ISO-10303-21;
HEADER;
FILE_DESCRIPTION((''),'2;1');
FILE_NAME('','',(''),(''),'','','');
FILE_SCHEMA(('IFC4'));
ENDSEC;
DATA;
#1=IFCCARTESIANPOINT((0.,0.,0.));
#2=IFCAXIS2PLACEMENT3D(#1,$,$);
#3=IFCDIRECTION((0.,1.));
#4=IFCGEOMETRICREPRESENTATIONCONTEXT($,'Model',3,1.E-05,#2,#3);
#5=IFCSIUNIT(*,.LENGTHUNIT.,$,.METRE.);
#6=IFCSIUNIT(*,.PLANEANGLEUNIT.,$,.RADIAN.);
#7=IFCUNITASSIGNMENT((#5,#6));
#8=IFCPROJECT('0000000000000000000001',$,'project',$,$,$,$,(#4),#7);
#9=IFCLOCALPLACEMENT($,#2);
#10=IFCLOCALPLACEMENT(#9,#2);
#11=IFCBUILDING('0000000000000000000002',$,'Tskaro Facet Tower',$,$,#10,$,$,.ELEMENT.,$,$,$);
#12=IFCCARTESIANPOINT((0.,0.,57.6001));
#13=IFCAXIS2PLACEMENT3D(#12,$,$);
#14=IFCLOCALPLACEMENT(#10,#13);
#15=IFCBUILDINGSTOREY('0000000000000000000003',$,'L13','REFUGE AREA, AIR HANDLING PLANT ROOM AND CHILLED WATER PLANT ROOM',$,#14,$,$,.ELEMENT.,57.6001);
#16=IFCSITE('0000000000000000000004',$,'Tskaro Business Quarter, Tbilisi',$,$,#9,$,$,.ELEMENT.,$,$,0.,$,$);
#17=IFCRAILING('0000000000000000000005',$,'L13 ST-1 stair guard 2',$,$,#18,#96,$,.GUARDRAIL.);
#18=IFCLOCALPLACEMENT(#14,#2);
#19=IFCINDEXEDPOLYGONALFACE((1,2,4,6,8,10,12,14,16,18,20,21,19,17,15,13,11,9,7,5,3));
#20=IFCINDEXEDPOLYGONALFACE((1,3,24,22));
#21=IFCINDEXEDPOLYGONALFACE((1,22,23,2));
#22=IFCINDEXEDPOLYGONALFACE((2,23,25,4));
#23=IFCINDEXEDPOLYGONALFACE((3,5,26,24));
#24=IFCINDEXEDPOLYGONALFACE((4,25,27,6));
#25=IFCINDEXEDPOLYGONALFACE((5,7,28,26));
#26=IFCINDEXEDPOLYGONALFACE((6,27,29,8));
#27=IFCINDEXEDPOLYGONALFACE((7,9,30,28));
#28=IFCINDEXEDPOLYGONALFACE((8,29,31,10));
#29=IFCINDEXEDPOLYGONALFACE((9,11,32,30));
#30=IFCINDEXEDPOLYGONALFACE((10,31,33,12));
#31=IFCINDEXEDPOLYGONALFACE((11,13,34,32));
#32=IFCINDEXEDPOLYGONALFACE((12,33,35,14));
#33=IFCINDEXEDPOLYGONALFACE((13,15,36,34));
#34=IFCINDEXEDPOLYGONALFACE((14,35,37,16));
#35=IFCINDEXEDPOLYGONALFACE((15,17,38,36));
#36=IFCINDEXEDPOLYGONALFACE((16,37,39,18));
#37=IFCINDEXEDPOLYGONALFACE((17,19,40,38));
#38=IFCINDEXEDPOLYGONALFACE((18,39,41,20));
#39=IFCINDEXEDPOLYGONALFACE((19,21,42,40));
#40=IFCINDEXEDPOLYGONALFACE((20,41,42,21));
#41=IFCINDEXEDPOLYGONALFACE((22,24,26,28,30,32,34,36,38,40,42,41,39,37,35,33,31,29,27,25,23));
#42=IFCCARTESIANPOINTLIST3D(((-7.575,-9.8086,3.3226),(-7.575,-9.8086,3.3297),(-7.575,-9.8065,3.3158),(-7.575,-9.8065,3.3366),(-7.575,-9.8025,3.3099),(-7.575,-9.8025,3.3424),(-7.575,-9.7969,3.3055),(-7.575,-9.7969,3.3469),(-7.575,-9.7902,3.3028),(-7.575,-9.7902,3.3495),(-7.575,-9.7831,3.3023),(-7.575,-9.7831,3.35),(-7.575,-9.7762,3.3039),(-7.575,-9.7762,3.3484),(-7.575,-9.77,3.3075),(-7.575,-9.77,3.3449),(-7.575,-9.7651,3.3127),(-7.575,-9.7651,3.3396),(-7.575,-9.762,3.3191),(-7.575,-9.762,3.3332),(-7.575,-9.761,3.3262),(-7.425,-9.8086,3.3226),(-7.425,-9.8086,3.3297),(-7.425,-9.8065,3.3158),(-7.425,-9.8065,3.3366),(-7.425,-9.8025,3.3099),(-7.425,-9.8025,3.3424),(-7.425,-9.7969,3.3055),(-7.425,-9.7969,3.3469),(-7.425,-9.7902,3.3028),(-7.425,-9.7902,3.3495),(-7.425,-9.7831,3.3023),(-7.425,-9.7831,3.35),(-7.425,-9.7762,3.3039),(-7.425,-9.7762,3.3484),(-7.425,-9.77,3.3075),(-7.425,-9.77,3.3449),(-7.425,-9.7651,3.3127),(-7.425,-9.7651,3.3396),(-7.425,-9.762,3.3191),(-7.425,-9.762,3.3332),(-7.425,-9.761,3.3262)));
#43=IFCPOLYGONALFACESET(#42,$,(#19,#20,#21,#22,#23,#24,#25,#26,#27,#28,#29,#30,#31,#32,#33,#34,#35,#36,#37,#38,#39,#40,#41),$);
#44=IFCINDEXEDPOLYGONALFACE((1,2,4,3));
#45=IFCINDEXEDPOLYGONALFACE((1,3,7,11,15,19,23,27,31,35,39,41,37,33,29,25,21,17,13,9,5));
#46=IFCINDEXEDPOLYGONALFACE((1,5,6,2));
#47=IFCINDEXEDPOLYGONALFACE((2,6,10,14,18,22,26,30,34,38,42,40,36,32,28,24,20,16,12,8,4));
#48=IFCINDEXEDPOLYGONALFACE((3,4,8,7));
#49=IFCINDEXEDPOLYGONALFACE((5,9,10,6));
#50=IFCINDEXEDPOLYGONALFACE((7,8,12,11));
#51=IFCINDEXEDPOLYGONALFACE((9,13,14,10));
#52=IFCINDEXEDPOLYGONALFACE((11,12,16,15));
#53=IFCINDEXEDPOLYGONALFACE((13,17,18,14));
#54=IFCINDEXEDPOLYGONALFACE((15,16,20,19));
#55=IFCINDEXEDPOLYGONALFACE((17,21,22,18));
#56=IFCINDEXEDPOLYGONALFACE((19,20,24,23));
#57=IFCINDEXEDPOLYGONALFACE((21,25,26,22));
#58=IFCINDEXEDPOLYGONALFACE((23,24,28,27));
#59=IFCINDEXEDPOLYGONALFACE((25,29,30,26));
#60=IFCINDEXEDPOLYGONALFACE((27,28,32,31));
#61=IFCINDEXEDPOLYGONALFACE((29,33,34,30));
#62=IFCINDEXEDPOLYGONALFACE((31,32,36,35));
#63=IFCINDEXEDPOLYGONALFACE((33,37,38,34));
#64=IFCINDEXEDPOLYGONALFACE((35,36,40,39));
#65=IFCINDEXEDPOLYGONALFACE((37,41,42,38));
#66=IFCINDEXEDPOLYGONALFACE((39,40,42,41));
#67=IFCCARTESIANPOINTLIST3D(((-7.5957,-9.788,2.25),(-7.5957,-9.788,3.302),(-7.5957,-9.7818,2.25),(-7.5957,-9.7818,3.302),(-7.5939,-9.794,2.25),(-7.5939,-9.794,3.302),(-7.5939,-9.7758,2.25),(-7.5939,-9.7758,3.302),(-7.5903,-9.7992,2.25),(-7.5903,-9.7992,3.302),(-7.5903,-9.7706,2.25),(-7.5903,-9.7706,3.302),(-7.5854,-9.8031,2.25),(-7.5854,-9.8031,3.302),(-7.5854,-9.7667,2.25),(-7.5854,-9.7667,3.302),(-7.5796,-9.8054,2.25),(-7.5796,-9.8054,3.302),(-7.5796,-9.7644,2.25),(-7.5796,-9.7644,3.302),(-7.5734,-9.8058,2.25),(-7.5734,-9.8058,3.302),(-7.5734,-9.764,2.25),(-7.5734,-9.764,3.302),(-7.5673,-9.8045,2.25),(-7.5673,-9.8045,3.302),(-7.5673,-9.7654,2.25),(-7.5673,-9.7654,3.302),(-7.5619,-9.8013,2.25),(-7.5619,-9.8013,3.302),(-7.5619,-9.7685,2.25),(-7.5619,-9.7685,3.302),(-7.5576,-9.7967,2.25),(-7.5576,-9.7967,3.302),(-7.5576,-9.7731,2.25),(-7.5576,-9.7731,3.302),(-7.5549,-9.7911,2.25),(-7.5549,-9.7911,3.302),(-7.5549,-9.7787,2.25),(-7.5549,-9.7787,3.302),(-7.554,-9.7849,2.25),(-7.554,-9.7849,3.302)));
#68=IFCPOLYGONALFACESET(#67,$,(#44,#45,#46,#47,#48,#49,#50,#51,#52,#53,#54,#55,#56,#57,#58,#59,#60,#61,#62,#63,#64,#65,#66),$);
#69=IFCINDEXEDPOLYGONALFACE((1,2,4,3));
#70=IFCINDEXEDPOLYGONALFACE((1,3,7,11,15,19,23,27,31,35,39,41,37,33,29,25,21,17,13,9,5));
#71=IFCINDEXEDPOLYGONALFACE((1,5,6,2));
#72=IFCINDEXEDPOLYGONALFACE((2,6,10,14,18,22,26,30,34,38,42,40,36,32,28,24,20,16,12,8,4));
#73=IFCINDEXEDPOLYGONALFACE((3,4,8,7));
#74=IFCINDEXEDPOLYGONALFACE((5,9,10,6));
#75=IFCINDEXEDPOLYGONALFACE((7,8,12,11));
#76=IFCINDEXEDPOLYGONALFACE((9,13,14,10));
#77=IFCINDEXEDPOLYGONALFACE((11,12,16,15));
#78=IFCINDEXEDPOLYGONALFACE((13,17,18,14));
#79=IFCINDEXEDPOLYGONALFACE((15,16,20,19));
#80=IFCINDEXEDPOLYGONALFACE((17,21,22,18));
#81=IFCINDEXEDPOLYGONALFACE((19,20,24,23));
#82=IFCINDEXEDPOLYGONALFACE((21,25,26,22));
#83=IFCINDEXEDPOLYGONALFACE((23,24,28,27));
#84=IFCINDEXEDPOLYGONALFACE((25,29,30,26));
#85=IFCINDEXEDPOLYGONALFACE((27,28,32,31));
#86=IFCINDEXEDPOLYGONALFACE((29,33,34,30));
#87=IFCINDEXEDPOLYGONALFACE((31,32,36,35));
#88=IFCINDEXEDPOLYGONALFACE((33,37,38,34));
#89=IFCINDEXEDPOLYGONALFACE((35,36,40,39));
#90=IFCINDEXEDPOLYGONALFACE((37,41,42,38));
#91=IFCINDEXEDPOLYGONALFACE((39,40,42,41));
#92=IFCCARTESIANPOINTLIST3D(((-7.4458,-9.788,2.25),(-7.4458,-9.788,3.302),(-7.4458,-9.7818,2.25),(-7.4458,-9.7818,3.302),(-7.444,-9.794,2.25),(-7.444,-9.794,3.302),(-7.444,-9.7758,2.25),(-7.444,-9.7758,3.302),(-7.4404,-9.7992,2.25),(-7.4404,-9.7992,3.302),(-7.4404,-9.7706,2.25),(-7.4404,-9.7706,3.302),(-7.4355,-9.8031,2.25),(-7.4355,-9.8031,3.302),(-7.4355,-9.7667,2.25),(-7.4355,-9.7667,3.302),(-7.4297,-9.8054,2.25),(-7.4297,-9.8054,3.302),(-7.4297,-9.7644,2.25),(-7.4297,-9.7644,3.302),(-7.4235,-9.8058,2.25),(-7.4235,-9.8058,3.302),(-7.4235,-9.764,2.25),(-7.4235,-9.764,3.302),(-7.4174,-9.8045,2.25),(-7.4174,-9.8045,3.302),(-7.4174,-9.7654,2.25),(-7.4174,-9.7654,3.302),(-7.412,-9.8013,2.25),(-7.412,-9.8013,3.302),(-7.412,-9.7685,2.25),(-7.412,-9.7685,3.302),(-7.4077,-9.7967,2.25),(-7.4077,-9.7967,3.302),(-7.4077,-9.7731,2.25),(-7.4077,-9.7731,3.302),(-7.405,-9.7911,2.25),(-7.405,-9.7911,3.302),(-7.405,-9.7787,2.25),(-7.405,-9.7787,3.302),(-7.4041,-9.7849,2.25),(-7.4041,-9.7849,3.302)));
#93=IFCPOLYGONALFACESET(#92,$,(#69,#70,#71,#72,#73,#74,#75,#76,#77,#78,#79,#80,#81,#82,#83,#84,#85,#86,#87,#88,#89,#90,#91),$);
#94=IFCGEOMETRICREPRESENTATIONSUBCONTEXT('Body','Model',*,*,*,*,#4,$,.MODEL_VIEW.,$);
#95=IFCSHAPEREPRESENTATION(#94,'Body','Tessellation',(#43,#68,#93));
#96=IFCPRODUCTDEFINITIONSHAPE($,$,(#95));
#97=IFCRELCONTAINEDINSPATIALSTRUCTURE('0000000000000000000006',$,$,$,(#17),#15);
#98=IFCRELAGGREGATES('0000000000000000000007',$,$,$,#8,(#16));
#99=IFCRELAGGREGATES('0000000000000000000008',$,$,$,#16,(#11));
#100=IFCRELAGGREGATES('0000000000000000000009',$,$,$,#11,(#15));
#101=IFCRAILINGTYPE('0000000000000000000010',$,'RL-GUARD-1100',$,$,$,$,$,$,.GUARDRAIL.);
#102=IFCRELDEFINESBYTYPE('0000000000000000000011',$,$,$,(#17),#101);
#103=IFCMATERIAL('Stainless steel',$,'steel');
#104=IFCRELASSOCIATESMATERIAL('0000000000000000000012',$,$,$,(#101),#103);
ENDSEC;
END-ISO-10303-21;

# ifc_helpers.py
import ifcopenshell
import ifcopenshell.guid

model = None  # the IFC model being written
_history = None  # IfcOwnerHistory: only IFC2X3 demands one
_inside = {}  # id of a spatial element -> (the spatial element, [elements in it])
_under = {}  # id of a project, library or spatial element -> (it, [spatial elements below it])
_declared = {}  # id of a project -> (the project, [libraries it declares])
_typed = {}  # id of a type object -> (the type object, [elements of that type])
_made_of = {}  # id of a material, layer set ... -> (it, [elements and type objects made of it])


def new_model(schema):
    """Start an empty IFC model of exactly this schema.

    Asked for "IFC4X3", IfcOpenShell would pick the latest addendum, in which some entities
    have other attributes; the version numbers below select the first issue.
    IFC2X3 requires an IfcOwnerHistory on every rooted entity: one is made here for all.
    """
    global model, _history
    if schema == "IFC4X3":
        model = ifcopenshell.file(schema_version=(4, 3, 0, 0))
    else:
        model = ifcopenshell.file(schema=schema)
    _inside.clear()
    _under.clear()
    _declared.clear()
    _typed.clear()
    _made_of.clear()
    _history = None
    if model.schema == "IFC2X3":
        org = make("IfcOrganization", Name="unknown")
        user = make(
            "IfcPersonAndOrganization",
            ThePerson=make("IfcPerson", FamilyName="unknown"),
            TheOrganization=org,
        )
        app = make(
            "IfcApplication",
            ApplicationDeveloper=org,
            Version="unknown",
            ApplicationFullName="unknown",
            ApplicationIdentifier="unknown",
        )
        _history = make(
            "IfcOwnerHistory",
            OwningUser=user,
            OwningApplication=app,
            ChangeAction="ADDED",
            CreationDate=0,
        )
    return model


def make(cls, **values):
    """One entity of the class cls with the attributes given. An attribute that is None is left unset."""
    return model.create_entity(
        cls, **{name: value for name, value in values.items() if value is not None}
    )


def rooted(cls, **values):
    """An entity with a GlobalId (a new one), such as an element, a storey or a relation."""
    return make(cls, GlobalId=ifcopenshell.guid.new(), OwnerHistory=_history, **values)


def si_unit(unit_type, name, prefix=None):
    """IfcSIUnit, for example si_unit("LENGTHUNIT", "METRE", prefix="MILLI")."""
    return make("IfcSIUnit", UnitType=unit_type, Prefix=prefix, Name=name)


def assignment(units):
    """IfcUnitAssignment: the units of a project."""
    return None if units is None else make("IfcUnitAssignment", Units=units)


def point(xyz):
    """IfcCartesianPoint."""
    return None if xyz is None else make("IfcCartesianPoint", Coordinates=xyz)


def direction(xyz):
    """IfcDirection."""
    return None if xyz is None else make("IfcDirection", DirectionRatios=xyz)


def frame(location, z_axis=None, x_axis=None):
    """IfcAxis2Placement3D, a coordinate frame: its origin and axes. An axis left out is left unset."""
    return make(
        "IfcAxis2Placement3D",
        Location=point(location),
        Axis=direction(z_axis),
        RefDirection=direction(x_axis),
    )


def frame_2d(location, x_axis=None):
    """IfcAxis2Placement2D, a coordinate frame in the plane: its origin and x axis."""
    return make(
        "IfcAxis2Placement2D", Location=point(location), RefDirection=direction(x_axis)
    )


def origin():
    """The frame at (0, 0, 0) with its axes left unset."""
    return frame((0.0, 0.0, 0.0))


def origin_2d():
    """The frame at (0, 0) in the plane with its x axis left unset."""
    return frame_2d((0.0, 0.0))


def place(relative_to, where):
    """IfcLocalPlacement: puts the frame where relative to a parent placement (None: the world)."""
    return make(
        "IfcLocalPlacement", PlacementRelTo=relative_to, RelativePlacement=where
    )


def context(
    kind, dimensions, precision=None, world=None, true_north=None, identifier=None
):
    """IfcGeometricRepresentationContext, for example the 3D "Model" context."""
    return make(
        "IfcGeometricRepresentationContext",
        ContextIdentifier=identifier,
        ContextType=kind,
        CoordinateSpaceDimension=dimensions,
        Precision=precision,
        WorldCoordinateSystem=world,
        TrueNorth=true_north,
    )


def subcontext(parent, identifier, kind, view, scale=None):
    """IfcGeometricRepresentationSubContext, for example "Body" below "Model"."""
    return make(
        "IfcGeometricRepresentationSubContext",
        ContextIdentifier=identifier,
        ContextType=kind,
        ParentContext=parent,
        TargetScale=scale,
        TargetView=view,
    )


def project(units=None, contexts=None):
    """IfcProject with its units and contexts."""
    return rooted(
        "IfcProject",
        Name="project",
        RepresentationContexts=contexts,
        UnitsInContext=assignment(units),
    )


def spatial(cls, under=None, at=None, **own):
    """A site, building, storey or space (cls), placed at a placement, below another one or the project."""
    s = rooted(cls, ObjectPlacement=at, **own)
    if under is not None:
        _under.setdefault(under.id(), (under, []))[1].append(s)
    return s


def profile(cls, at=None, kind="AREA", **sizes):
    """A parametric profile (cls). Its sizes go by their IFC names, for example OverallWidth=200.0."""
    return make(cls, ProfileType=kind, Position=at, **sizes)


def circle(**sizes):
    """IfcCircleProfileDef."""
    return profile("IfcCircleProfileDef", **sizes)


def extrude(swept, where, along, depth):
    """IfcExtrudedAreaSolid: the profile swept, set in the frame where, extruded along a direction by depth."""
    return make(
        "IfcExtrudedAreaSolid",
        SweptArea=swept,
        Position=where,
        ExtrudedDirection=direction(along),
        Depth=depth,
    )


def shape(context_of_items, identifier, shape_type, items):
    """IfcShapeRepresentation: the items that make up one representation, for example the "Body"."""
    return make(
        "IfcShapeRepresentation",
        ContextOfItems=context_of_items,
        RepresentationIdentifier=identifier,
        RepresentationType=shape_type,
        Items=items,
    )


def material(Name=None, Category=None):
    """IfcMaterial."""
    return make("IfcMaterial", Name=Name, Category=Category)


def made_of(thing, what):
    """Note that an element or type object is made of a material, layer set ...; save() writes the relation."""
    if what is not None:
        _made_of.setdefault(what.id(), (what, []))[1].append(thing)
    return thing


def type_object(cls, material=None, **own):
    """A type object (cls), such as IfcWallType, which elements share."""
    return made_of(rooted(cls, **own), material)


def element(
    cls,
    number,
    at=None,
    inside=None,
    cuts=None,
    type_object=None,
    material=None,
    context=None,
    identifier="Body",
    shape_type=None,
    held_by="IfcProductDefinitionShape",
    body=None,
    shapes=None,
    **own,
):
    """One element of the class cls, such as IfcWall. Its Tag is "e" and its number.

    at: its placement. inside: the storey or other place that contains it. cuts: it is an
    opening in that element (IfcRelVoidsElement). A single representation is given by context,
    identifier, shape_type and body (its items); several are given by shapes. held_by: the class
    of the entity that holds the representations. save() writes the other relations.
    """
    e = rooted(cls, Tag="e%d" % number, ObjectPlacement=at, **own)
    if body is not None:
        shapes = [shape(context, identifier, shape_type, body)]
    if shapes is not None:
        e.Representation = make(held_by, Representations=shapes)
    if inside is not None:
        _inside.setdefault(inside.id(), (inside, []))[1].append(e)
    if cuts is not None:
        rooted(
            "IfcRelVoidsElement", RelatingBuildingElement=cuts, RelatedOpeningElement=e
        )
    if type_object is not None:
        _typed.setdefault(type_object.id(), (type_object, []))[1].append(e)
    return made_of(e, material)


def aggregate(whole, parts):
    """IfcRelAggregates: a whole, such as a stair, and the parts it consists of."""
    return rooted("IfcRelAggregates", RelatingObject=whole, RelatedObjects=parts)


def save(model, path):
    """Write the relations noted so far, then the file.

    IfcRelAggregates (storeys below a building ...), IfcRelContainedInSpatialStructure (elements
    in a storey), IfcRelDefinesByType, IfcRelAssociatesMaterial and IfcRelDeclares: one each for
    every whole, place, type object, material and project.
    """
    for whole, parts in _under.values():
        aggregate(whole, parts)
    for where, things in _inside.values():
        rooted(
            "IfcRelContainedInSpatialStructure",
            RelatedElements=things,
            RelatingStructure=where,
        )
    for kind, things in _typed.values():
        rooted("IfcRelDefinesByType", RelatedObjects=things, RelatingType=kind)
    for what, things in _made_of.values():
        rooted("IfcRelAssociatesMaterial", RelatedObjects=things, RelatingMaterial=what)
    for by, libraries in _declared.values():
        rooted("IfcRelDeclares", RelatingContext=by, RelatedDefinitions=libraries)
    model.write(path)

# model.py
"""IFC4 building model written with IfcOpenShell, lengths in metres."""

from ifc_helpers import new_model, si_unit, direction, frame, origin, origin_2d, place, context, subcontext, project, spatial, circle, extrude, material, type_object, element, save


model = new_model("IFC4")

# Units and contexts
model_context = context("Model", 3, precision=1e-05, world=origin(), true_north=direction((0.0, 1.0)))
body_context = subcontext(model_context, "Body", "Model", "MODEL_VIEW")
ifc_project = project(units=[si_unit("LENGTHUNIT", "METRE"), si_unit("PLANEANGLEUNIT", "RADIAN")], contexts=[model_context])

# Site, building, storey
site_placement = place(None, origin())
site = spatial("IfcSite", under=ifc_project, at=site_placement, Name="Tskaro Business Quarter, Tbilisi", CompositionType="ELEMENT", RefElevation=0.0)
building_placement = place(site_placement, origin())
building = spatial("IfcBuilding", under=site, at=building_placement, Name="Tskaro Facet Tower", CompositionType="ELEMENT")
storey_placement = place(building_placement, frame((0.0, 0.0, 57.6001)))
storey = spatial("IfcBuildingStorey", under=building, at=storey_placement, Name="L13", Description="REFUGE AREA, AIR HANDLING PLANT ROOM AND CHILLED WATER PLANT ROOM", CompositionType="ELEMENT", Elevation=57.6001)

# Shared definitions
ifc_material_1 = material(Name="Stainless steel", Category="steel")

# Railing
railing_type_1 = type_object("IfcRailingType", Name="RL-GUARD-1100", PredefinedType="GUARDRAIL", material=ifc_material_1)
railing_1_placement = place(storey_placement, frame((-7.575, -9.7849, 2.25)))
element("IfcRailing", 1, at=railing_1_placement, inside=storey, type_object=railing_type_1, Name="L13 ST-1 stair guard 2", PredefinedType="GUARDRAIL", context=body_context, shape_type="SweptSolid", body=[
    extrude(circle(Radius=0.0239, at=origin_2d()), frame((0.0, 0.0, 1.0762), z_axis=(1.0, 0.0, 0.0), x_axis=(0.0, 1.0, 0.0)), (0.0, 0.0, 1.0), 0.1499),
    extrude(circle(Radius=0.021, at=origin_2d()), origin(), (0.0, 0.0, 1.0), 1.052),
    extrude(circle(Radius=0.021, at=origin_2d()), frame((0.1499, 0.0, 0.0)), (0.0, 0.0, 1.0), 1.052),
])

save(model, "model.ifc")
